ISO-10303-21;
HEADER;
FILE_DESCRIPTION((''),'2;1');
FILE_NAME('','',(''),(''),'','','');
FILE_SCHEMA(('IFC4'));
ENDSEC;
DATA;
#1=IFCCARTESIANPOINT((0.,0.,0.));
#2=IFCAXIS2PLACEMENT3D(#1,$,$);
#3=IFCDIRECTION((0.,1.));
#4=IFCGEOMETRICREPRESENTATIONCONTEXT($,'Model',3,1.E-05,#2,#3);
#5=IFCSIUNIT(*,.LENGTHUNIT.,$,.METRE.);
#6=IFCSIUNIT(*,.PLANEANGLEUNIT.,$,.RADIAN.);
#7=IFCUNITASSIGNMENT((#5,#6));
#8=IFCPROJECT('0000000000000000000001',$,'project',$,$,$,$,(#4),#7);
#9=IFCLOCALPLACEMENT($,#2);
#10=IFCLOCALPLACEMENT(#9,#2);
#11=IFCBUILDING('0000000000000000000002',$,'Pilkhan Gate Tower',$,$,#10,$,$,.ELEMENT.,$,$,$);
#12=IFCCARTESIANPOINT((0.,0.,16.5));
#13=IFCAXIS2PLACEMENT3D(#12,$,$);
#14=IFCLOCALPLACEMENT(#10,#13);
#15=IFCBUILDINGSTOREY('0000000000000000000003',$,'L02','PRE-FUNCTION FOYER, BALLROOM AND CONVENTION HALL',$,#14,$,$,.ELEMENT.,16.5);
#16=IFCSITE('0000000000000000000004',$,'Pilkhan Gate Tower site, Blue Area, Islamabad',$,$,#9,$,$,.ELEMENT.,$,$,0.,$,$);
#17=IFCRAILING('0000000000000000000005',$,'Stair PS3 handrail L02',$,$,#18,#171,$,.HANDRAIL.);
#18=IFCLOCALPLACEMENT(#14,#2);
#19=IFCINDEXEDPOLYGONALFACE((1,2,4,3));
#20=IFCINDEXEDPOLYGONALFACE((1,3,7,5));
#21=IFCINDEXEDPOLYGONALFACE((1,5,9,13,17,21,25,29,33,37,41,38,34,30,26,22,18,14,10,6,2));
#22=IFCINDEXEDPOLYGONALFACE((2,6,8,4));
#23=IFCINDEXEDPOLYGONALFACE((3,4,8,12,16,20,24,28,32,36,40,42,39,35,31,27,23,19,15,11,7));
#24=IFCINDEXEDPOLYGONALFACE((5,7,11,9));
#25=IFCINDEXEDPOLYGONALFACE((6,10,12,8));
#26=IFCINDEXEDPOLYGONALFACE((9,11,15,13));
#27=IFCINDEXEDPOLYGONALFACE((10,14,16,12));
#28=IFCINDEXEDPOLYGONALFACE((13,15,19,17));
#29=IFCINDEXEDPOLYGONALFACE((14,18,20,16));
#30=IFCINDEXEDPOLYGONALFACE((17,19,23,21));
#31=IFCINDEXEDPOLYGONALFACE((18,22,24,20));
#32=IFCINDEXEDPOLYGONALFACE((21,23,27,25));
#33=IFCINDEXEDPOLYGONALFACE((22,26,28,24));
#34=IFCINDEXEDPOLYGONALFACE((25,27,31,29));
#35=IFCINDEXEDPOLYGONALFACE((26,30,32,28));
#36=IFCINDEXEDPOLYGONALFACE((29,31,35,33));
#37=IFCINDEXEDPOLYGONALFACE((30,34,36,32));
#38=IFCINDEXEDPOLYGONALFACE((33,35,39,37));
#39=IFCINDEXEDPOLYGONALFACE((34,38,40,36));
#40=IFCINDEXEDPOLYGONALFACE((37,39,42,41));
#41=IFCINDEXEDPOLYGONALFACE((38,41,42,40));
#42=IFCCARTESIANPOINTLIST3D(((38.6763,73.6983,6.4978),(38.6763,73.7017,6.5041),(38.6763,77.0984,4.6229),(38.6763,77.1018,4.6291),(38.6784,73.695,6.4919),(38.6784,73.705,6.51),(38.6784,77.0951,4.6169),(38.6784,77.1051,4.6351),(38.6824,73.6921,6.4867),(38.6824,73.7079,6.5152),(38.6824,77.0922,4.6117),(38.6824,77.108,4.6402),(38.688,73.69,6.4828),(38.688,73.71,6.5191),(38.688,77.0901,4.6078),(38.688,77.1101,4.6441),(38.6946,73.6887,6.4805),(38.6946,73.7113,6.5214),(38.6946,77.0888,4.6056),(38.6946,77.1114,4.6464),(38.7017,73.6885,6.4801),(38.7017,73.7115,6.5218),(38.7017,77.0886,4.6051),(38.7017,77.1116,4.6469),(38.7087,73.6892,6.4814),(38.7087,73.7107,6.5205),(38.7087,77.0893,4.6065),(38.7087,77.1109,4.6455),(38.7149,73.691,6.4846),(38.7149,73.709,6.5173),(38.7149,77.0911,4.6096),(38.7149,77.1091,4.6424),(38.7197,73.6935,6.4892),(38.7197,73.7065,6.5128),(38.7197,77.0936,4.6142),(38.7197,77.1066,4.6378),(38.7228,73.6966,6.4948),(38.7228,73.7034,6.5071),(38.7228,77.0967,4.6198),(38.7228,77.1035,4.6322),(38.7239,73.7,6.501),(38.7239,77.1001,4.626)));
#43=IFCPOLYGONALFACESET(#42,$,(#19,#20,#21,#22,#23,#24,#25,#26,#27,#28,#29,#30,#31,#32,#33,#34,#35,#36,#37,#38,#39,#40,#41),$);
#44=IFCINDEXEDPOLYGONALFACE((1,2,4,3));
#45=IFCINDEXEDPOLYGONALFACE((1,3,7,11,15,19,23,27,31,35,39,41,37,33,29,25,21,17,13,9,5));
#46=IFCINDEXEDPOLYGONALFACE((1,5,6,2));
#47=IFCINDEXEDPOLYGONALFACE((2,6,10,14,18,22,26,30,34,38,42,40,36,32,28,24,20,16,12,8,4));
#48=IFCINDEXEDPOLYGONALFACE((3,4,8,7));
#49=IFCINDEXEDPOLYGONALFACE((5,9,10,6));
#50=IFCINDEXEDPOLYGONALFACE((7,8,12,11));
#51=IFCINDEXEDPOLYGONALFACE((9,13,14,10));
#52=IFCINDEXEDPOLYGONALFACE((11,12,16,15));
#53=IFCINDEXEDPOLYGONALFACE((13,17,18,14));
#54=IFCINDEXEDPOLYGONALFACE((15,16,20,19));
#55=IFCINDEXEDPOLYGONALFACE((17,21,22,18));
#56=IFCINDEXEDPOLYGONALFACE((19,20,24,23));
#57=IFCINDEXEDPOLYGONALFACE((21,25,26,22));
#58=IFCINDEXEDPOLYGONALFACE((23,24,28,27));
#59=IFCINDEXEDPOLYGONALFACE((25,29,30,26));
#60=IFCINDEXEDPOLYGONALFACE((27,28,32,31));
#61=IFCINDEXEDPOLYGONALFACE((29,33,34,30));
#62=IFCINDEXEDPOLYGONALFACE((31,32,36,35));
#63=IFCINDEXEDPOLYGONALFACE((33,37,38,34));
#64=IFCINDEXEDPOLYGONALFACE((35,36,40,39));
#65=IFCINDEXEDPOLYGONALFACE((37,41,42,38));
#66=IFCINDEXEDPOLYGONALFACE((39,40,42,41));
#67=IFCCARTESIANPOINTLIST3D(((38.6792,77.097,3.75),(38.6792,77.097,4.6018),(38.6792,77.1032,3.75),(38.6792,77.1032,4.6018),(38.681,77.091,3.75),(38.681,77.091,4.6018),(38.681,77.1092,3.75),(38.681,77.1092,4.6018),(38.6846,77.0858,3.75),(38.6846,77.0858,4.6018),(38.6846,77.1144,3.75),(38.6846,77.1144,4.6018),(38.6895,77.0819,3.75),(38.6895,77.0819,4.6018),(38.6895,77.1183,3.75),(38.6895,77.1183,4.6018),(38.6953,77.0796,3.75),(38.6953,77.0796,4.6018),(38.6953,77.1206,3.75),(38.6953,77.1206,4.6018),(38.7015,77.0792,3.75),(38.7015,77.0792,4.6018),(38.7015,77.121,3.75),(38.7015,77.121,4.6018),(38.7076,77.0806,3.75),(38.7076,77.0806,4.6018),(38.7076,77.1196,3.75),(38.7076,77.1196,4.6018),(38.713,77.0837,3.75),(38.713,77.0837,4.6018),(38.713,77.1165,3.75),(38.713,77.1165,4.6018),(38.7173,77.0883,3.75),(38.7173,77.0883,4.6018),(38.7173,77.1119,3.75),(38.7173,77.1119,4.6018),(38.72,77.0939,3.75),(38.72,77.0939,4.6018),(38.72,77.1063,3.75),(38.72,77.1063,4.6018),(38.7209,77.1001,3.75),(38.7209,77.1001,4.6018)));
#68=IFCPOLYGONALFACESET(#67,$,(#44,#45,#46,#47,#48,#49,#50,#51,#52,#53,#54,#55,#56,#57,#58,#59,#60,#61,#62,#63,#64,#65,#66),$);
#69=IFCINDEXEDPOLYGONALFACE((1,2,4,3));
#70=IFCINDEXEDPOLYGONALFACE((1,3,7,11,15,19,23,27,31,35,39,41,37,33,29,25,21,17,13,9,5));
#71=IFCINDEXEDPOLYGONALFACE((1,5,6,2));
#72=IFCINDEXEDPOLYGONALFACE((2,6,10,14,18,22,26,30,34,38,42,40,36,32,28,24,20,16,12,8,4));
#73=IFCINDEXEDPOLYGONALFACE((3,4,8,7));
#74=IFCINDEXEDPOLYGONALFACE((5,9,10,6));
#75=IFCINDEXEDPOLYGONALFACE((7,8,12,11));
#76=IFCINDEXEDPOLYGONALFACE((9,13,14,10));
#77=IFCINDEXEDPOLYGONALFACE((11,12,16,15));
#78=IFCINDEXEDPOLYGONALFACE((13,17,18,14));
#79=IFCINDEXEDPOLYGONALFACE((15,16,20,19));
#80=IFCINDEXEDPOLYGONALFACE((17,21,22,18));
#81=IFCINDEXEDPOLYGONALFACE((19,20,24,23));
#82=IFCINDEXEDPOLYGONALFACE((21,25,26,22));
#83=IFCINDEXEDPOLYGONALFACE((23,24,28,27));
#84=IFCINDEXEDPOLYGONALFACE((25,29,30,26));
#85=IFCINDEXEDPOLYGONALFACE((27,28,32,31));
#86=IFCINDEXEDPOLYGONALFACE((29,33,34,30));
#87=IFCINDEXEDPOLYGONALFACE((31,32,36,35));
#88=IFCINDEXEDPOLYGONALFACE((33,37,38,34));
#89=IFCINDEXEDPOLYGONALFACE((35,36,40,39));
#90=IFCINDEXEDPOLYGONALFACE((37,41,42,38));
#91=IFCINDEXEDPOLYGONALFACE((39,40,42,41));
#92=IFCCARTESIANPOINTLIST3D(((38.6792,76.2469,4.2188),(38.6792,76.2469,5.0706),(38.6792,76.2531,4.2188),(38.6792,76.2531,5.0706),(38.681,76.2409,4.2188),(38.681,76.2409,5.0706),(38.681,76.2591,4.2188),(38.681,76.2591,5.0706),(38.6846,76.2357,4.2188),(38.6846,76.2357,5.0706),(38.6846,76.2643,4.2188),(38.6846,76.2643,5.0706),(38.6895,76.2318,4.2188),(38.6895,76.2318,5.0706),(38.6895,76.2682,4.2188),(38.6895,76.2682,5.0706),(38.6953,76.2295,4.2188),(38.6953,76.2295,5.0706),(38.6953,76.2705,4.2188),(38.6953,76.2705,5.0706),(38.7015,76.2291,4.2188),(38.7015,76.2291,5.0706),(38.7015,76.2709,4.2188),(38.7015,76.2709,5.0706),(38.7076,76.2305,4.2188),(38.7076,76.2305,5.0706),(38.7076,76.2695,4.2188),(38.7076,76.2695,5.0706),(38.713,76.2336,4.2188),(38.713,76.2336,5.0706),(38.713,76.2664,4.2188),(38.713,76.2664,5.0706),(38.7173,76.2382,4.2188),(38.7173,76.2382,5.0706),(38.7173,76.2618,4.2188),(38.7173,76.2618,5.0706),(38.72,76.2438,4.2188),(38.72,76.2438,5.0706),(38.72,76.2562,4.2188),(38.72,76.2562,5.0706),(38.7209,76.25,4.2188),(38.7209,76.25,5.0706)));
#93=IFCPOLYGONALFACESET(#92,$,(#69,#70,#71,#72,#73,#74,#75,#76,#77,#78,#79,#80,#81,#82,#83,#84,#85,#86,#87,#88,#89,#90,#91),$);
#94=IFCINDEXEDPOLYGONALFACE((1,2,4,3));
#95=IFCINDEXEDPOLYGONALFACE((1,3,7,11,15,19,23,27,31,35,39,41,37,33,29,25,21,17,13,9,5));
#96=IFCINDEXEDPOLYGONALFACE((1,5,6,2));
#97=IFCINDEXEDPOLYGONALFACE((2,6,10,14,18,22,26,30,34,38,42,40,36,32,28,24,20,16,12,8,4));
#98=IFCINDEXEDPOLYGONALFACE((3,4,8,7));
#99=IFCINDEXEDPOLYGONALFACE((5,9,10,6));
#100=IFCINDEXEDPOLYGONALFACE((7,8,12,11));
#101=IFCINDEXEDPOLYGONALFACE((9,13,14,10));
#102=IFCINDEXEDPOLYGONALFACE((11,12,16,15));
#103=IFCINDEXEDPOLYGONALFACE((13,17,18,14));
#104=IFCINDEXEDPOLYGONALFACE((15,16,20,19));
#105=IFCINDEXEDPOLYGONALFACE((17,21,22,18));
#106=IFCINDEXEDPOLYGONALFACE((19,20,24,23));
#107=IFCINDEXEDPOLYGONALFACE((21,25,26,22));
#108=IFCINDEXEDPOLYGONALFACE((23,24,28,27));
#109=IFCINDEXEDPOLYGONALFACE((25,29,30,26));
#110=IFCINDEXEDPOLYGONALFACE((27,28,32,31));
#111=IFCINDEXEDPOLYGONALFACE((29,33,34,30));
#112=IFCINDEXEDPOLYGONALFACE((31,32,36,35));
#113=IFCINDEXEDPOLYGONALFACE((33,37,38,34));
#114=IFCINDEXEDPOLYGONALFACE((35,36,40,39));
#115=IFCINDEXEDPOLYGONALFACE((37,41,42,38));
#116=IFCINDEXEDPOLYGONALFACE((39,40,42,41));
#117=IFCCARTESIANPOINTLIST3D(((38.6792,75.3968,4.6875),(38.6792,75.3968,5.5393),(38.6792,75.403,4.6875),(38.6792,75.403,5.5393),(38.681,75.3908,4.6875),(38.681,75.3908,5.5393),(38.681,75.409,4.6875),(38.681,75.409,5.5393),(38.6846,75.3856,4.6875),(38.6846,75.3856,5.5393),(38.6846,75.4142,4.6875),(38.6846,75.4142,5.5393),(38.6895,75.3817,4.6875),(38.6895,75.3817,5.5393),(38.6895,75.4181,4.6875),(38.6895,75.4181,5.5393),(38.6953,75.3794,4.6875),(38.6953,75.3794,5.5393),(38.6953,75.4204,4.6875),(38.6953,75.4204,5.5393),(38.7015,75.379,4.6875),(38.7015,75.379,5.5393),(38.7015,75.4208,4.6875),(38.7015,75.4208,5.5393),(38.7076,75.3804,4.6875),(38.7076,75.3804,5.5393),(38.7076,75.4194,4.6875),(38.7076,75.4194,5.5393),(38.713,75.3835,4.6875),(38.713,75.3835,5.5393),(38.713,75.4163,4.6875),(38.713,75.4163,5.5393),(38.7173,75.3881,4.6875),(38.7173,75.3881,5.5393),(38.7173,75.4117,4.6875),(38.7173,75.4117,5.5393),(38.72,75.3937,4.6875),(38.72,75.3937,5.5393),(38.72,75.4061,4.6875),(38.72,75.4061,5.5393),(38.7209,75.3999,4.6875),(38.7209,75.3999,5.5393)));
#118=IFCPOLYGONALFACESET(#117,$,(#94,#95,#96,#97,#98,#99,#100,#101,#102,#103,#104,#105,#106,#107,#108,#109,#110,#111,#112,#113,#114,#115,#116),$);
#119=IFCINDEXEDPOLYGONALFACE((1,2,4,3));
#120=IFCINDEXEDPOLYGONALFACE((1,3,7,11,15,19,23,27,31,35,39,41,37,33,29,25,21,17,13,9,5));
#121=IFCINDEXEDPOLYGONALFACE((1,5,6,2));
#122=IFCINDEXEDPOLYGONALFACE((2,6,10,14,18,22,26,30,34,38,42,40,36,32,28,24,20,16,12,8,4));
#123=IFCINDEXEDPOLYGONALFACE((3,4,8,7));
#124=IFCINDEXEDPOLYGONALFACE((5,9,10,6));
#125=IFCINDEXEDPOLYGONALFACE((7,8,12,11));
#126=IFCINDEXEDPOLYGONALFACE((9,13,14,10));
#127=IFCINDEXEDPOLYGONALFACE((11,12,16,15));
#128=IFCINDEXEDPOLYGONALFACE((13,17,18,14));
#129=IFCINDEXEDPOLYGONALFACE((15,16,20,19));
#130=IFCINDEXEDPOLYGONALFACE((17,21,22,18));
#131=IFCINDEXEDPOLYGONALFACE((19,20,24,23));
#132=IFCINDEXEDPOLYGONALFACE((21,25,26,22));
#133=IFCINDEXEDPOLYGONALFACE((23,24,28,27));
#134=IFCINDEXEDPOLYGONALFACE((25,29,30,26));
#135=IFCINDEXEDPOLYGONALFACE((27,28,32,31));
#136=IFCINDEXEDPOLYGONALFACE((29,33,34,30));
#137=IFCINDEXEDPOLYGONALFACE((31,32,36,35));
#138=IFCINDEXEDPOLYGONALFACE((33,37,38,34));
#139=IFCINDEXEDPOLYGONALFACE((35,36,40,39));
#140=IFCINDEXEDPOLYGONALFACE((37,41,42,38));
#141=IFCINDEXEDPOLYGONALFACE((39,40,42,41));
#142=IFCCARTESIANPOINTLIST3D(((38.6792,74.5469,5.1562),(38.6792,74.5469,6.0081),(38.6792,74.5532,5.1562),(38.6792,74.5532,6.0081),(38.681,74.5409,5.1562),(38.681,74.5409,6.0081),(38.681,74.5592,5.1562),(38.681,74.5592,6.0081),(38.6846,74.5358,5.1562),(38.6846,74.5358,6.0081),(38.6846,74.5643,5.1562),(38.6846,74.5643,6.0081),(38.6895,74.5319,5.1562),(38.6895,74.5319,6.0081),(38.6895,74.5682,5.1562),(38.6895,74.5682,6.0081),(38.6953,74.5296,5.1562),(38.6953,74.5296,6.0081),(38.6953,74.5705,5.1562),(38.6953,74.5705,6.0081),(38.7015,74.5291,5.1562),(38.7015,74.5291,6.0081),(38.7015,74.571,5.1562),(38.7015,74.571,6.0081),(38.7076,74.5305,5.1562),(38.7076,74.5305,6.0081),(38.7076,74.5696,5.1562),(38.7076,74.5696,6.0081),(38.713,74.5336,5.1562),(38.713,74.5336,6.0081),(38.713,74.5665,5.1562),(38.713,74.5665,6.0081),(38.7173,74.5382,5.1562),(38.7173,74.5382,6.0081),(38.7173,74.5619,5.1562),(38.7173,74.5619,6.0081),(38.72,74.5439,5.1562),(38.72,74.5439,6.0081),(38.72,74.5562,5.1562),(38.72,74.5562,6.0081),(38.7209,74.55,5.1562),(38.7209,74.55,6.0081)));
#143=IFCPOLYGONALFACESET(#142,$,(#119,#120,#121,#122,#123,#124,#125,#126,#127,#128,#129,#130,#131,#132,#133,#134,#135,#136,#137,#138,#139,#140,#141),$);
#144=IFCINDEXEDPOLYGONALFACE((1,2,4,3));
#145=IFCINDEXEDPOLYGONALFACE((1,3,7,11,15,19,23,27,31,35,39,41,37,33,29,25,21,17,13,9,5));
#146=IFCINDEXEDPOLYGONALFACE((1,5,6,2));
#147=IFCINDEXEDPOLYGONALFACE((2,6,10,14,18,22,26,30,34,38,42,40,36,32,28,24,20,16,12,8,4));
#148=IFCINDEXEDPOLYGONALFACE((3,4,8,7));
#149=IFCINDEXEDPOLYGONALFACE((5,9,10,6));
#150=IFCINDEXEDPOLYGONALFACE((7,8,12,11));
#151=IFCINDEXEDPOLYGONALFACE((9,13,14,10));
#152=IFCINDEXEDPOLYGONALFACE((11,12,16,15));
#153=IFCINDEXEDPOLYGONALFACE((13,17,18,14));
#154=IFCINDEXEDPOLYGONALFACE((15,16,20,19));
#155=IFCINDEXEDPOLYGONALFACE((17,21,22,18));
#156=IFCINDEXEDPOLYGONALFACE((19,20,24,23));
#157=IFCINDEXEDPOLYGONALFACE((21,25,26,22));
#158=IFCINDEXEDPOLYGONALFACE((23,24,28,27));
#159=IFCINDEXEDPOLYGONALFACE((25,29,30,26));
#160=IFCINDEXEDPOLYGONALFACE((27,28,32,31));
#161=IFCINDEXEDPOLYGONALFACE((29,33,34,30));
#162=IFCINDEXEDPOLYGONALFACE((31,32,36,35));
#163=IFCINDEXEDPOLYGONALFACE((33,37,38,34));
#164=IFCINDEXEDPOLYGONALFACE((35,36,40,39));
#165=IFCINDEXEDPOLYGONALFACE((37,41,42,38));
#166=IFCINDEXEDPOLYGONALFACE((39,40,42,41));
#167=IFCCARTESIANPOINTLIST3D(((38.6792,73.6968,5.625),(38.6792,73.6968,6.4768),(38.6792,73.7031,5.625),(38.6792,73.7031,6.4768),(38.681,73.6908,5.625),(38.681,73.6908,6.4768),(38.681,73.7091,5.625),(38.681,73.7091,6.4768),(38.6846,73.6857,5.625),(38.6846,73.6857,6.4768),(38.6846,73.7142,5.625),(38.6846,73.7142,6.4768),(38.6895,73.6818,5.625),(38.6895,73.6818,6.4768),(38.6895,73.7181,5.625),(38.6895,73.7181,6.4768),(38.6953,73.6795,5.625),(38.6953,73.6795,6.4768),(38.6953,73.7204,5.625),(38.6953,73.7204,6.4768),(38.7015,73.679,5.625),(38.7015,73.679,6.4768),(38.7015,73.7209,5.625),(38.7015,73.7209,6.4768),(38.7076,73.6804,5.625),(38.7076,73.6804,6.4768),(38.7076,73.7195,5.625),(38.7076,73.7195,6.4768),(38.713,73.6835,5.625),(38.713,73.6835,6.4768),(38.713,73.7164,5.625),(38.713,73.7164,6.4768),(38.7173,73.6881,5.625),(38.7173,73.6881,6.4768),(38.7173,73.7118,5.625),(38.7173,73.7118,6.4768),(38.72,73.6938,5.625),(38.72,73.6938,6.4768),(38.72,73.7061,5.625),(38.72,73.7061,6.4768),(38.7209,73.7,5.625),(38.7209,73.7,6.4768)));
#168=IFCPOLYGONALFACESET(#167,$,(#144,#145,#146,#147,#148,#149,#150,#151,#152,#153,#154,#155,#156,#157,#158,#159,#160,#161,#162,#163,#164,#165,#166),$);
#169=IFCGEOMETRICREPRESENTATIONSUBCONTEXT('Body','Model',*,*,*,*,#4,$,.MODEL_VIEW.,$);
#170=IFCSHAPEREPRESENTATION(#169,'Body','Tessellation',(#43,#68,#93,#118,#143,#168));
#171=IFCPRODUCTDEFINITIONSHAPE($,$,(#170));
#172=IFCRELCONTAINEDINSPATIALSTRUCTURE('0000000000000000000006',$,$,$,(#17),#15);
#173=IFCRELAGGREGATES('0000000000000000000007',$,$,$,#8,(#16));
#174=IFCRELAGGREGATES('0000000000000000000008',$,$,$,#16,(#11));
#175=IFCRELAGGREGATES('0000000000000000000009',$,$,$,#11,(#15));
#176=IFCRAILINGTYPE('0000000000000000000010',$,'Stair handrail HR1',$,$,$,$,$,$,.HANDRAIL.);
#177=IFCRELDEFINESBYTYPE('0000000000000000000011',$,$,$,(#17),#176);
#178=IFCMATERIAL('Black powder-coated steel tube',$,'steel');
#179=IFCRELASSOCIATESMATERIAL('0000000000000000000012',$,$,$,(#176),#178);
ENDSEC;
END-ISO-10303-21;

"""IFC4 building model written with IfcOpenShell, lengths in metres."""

from ifc_helpers import new_model, si_unit, direction, frame, origin, origin_2d, place, context, subcontext, project, spatial, circle, extrude, material, type_object, element, save


model = new_model("IFC4")

# Units and contexts
model_context = context("Model", 3, precision=1e-05, world=origin(), true_north=direction((0.0, 1.0)))
body_context = subcontext(model_context, "Body", "Model", "MODEL_VIEW")
ifc_project = project(units=[si_unit("LENGTHUNIT", "METRE"), si_unit("PLANEANGLEUNIT", "RADIAN")], contexts=[model_context])

# Site, building, storey
site_placement = place(None, origin())
site = spatial("IfcSite", under=ifc_project, at=site_placement, Name="Pilkhan Gate Tower site, Blue Area, Islamabad", CompositionType="ELEMENT", RefElevation=0.0)
building_placement = place(site_placement, origin())
building = spatial("IfcBuilding", under=site, at=building_placement, Name="Pilkhan Gate Tower", CompositionType="ELEMENT")
storey_placement = place(building_placement, frame((0.0, 0.0, 16.5)))
storey = spatial("IfcBuildingStorey", under=building, at=storey_placement, Name="L02", Description="PRE-FUNCTION FOYER, BALLROOM AND CONVENTION HALL", CompositionType="ELEMENT", Elevation=16.5)

# Railing
ifc_material_1 = material(Name="Black powder-coated steel tube", Category="steel")
railing_type_1 = type_object("IfcRailingType", Name="Stair handrail HR1", PredefinedType="HANDRAIL", material=ifc_material_1)
for number, where, name in (
    (1, (38.7, 77.1001, 3.75), "Stair PS3 handrail L02"),
):
    element("IfcRailing", number, at=place(storey_placement, frame(where)), inside=storey, type_object=railing_type_1, Name=name, PredefinedType="HANDRAIL", context=body_context, shape_type="SweptSolid", body=[
        extrude(circle(Radius=0.0239, at=origin_2d()), frame((0.0, 0.0, 0.876), z_axis=(0.0, -0.87568, 0.482891), x_axis=(1.0, 0.0, 0.0)), (0.0, 0.0, 1.0), 3.8828),
        extrude(circle(Radius=0.021, at=origin_2d()), origin(), (0.0, 0.0, 1.0), 0.8518),
        extrude(circle(Radius=0.021, at=origin_2d()), frame((0.0, -0.8501, 0.4688)), (0.0, 0.0, 1.0), 0.8518),
        extrude(circle(Radius=0.021, at=origin_2d()), frame((0.0, -1.7002, 0.9375)), (0.0, 0.0, 1.0), 0.8518),
        extrude(circle(Radius=0.021, at=origin_2d()), frame((0.0, -2.55, 1.4062)), (0.0, 0.0, 1.0), 0.8518),
        extrude(circle(Radius=0.021, at=origin_2d()), frame((0.0, -3.4001, 1.875)), (0.0, 0.0, 1.0), 0.8518),
    ])

save(model, "model.ifc")
